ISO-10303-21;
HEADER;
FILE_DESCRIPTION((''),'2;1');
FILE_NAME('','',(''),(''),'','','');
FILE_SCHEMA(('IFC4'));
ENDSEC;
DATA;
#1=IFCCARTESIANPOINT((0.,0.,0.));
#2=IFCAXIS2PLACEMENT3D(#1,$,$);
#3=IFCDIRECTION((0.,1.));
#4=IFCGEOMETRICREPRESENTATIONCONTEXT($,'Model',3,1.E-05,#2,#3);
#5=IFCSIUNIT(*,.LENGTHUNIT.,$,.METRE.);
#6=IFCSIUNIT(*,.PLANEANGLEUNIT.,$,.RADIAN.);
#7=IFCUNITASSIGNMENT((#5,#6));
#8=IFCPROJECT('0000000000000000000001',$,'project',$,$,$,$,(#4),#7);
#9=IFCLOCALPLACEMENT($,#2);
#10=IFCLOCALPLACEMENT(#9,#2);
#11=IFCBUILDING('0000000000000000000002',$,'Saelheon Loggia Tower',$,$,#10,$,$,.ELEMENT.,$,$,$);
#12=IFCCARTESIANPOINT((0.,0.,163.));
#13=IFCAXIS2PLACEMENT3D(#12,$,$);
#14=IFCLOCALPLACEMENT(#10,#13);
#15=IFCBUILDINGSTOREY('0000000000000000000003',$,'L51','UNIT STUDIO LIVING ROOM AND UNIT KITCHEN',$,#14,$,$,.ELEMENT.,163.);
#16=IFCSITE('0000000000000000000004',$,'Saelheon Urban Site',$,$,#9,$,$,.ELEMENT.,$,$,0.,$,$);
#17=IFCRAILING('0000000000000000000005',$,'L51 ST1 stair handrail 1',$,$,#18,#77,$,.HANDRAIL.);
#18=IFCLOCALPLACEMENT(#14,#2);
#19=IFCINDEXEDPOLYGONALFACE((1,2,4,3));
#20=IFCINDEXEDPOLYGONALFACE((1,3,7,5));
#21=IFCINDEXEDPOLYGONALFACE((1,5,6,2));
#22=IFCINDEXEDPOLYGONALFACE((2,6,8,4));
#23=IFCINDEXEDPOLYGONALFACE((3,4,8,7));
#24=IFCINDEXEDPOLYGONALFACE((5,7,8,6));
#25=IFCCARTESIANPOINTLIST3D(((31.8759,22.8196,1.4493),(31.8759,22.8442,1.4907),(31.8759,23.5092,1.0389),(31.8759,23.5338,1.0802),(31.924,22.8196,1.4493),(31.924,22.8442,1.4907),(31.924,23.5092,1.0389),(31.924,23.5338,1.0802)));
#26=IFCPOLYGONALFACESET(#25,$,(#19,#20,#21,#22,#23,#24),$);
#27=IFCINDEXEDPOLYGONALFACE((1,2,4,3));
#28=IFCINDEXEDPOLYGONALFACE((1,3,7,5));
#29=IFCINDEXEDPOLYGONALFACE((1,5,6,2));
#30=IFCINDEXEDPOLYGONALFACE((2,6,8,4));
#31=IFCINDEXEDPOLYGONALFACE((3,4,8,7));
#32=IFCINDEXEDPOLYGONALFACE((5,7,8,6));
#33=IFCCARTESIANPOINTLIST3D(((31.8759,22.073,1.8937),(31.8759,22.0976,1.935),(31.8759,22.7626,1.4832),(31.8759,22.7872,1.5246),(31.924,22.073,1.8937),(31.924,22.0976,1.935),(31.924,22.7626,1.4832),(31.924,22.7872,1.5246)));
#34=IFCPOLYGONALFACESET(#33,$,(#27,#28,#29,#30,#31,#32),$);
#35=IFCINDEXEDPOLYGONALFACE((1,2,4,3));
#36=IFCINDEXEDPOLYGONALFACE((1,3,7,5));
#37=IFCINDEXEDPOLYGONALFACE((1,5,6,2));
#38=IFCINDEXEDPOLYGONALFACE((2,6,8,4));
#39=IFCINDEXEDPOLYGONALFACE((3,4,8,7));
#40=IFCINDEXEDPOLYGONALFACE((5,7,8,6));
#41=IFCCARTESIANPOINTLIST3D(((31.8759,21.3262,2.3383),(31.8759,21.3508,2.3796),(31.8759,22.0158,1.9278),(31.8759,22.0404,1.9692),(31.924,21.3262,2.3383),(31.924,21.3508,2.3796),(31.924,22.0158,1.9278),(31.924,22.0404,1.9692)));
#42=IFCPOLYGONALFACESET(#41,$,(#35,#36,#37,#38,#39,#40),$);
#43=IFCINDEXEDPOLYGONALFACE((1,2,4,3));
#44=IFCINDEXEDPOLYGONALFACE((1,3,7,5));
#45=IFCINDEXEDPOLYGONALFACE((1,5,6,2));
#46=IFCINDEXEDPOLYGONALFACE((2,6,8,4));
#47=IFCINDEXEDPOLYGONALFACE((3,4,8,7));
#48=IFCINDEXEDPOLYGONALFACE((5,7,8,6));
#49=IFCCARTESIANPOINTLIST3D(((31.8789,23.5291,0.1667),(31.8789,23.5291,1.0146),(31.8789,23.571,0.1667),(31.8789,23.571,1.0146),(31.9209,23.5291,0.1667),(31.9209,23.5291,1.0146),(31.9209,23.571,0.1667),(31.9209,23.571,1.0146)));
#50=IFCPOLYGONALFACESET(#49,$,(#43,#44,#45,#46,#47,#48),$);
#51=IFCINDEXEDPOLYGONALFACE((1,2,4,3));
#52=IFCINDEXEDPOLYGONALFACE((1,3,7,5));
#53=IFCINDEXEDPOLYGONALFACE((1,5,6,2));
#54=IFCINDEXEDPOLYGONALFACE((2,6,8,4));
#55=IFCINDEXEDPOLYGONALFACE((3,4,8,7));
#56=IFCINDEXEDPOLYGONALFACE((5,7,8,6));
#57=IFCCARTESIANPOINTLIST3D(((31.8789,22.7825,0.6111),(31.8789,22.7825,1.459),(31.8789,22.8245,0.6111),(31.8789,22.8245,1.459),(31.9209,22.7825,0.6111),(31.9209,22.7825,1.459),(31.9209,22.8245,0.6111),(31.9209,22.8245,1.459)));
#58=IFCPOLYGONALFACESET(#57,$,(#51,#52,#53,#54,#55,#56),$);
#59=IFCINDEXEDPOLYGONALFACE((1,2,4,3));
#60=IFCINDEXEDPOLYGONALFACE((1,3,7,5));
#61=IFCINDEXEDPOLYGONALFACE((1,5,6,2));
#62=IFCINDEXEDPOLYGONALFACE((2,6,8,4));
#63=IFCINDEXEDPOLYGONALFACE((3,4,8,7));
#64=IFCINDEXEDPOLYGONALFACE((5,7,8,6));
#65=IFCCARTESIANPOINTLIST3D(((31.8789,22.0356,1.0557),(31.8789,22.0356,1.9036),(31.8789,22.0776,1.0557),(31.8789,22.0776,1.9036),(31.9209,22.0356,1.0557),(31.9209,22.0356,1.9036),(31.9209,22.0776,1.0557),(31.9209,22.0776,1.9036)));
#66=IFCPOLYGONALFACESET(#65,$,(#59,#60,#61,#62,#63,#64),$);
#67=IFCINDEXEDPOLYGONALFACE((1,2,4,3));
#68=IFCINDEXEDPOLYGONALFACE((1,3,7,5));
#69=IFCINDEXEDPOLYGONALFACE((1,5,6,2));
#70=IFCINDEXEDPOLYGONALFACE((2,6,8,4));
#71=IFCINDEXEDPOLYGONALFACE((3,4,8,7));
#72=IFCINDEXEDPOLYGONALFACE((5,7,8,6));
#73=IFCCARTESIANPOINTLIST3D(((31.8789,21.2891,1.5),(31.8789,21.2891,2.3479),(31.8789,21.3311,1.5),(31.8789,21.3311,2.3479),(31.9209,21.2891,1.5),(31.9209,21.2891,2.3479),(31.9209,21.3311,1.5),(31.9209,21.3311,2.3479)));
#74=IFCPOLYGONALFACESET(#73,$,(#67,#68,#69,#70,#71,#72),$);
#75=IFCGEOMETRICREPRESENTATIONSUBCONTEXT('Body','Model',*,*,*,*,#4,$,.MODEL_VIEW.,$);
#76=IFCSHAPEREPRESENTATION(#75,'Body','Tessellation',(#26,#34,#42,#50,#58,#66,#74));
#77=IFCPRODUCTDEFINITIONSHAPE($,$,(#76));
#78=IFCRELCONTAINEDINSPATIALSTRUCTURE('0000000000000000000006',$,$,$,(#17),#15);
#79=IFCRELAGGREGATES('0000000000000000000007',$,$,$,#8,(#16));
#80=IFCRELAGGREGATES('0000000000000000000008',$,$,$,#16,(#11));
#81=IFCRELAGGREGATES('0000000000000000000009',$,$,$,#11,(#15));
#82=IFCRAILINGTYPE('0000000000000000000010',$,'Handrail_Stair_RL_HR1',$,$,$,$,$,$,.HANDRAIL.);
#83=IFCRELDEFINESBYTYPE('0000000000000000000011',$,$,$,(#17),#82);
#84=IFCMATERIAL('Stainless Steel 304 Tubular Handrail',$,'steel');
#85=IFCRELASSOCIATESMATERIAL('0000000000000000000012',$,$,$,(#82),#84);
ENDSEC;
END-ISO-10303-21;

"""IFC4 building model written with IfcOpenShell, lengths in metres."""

from ifc_helpers import new_model, si_unit, direction, frame, origin, origin_2d, place, context, subcontext, project, spatial, rectangle, extrude, material, type_object, element, save


model = new_model("IFC4")

# Units and contexts
model_context = context("Model", 3, precision=1e-05, world=origin(), true_north=direction((0.0, 1.0)))
body_context = subcontext(model_context, "Body", "Model", "MODEL_VIEW")
ifc_project = project(units=[si_unit("LENGTHUNIT", "METRE"), si_unit("PLANEANGLEUNIT", "RADIAN")], contexts=[model_context])

# Site, building, storey
site_placement = place(None, origin())
site = spatial("IfcSite", under=ifc_project, at=site_placement, Name="Saelheon Urban Site", CompositionType="ELEMENT", RefElevation=0.0)
building_placement = place(site_placement, origin())
building = spatial("IfcBuilding", under=site, at=building_placement, Name="Saelheon Loggia Tower", CompositionType="ELEMENT")
storey_placement = place(building_placement, frame((0.0, 0.0, 163.0)))
storey = spatial("IfcBuildingStorey", under=building, at=storey_placement, Name="L51", Description="UNIT STUDIO LIVING ROOM AND UNIT KITCHEN", CompositionType="ELEMENT", Elevation=163.0)

# Railing
ifc_material_1 = material(Name="Stainless Steel 304 Tubular Handrail", Category="steel")
railing_type_1 = type_object("IfcRailingType", Name="Handrail_Stair_RL_HR1", PredefinedType="HANDRAIL", material=ifc_material_1)
railing_1_placement = place(storey_placement, frame((31.8999, 23.55, 0.1667)))
element("IfcRailing", 1, at=railing_1_placement, inside=storey, type_object=railing_type_1, Name="L51 ST1 stair handrail 1", PredefinedType="HANDRAIL", context=body_context, shape_type="SweptSolid", body=[
    extrude(rectangle(XDim=0.0481, YDim=0.0481, at=origin_2d()), frame((0.0, -0.0286, 0.8928), z_axis=(0.0, -0.859306, 0.511462), x_axis=(1.0, 0.0, 0.0)), (0.0, 0.0, 1.0), 0.8025),
    extrude(rectangle(XDim=0.0481, YDim=0.0481, at=origin_2d()), frame((0.0, -0.7751, 1.3372), z_axis=(0.0, -0.859306, 0.511462), x_axis=(1.0, 0.0, 0.0)), (0.0, 0.0, 1.0), 0.8025),
    extrude(rectangle(XDim=0.0481, YDim=0.0481, at=origin_2d()), frame((0.0, -1.522, 1.7817), z_axis=(0.0, -0.859306, 0.511462), x_axis=(1.0, 0.0, 0.0)), (0.0, 0.0, 1.0), 0.8025),
    extrude(rectangle(XDim=0.042, YDim=0.042, at=origin_2d()), origin(), (0.0, 0.0, 1.0), 0.8479),
    extrude(rectangle(XDim=0.042, YDim=0.042, at=origin_2d()), frame((0.0, -0.7466, 0.4443)), (0.0, 0.0, 1.0), 0.8479),
    extrude(rectangle(XDim=0.042, YDim=0.042, at=origin_2d()), frame((0.0, -1.4934, 0.8889)), (0.0, 0.0, 1.0), 0.8479),
    extrude(rectangle(XDim=0.042, YDim=0.042, at=origin_2d()), frame((0.0, -2.24, 1.3333)), (0.0, 0.0, 1.0), 0.8479),
])

save(model, "model.ifc")
